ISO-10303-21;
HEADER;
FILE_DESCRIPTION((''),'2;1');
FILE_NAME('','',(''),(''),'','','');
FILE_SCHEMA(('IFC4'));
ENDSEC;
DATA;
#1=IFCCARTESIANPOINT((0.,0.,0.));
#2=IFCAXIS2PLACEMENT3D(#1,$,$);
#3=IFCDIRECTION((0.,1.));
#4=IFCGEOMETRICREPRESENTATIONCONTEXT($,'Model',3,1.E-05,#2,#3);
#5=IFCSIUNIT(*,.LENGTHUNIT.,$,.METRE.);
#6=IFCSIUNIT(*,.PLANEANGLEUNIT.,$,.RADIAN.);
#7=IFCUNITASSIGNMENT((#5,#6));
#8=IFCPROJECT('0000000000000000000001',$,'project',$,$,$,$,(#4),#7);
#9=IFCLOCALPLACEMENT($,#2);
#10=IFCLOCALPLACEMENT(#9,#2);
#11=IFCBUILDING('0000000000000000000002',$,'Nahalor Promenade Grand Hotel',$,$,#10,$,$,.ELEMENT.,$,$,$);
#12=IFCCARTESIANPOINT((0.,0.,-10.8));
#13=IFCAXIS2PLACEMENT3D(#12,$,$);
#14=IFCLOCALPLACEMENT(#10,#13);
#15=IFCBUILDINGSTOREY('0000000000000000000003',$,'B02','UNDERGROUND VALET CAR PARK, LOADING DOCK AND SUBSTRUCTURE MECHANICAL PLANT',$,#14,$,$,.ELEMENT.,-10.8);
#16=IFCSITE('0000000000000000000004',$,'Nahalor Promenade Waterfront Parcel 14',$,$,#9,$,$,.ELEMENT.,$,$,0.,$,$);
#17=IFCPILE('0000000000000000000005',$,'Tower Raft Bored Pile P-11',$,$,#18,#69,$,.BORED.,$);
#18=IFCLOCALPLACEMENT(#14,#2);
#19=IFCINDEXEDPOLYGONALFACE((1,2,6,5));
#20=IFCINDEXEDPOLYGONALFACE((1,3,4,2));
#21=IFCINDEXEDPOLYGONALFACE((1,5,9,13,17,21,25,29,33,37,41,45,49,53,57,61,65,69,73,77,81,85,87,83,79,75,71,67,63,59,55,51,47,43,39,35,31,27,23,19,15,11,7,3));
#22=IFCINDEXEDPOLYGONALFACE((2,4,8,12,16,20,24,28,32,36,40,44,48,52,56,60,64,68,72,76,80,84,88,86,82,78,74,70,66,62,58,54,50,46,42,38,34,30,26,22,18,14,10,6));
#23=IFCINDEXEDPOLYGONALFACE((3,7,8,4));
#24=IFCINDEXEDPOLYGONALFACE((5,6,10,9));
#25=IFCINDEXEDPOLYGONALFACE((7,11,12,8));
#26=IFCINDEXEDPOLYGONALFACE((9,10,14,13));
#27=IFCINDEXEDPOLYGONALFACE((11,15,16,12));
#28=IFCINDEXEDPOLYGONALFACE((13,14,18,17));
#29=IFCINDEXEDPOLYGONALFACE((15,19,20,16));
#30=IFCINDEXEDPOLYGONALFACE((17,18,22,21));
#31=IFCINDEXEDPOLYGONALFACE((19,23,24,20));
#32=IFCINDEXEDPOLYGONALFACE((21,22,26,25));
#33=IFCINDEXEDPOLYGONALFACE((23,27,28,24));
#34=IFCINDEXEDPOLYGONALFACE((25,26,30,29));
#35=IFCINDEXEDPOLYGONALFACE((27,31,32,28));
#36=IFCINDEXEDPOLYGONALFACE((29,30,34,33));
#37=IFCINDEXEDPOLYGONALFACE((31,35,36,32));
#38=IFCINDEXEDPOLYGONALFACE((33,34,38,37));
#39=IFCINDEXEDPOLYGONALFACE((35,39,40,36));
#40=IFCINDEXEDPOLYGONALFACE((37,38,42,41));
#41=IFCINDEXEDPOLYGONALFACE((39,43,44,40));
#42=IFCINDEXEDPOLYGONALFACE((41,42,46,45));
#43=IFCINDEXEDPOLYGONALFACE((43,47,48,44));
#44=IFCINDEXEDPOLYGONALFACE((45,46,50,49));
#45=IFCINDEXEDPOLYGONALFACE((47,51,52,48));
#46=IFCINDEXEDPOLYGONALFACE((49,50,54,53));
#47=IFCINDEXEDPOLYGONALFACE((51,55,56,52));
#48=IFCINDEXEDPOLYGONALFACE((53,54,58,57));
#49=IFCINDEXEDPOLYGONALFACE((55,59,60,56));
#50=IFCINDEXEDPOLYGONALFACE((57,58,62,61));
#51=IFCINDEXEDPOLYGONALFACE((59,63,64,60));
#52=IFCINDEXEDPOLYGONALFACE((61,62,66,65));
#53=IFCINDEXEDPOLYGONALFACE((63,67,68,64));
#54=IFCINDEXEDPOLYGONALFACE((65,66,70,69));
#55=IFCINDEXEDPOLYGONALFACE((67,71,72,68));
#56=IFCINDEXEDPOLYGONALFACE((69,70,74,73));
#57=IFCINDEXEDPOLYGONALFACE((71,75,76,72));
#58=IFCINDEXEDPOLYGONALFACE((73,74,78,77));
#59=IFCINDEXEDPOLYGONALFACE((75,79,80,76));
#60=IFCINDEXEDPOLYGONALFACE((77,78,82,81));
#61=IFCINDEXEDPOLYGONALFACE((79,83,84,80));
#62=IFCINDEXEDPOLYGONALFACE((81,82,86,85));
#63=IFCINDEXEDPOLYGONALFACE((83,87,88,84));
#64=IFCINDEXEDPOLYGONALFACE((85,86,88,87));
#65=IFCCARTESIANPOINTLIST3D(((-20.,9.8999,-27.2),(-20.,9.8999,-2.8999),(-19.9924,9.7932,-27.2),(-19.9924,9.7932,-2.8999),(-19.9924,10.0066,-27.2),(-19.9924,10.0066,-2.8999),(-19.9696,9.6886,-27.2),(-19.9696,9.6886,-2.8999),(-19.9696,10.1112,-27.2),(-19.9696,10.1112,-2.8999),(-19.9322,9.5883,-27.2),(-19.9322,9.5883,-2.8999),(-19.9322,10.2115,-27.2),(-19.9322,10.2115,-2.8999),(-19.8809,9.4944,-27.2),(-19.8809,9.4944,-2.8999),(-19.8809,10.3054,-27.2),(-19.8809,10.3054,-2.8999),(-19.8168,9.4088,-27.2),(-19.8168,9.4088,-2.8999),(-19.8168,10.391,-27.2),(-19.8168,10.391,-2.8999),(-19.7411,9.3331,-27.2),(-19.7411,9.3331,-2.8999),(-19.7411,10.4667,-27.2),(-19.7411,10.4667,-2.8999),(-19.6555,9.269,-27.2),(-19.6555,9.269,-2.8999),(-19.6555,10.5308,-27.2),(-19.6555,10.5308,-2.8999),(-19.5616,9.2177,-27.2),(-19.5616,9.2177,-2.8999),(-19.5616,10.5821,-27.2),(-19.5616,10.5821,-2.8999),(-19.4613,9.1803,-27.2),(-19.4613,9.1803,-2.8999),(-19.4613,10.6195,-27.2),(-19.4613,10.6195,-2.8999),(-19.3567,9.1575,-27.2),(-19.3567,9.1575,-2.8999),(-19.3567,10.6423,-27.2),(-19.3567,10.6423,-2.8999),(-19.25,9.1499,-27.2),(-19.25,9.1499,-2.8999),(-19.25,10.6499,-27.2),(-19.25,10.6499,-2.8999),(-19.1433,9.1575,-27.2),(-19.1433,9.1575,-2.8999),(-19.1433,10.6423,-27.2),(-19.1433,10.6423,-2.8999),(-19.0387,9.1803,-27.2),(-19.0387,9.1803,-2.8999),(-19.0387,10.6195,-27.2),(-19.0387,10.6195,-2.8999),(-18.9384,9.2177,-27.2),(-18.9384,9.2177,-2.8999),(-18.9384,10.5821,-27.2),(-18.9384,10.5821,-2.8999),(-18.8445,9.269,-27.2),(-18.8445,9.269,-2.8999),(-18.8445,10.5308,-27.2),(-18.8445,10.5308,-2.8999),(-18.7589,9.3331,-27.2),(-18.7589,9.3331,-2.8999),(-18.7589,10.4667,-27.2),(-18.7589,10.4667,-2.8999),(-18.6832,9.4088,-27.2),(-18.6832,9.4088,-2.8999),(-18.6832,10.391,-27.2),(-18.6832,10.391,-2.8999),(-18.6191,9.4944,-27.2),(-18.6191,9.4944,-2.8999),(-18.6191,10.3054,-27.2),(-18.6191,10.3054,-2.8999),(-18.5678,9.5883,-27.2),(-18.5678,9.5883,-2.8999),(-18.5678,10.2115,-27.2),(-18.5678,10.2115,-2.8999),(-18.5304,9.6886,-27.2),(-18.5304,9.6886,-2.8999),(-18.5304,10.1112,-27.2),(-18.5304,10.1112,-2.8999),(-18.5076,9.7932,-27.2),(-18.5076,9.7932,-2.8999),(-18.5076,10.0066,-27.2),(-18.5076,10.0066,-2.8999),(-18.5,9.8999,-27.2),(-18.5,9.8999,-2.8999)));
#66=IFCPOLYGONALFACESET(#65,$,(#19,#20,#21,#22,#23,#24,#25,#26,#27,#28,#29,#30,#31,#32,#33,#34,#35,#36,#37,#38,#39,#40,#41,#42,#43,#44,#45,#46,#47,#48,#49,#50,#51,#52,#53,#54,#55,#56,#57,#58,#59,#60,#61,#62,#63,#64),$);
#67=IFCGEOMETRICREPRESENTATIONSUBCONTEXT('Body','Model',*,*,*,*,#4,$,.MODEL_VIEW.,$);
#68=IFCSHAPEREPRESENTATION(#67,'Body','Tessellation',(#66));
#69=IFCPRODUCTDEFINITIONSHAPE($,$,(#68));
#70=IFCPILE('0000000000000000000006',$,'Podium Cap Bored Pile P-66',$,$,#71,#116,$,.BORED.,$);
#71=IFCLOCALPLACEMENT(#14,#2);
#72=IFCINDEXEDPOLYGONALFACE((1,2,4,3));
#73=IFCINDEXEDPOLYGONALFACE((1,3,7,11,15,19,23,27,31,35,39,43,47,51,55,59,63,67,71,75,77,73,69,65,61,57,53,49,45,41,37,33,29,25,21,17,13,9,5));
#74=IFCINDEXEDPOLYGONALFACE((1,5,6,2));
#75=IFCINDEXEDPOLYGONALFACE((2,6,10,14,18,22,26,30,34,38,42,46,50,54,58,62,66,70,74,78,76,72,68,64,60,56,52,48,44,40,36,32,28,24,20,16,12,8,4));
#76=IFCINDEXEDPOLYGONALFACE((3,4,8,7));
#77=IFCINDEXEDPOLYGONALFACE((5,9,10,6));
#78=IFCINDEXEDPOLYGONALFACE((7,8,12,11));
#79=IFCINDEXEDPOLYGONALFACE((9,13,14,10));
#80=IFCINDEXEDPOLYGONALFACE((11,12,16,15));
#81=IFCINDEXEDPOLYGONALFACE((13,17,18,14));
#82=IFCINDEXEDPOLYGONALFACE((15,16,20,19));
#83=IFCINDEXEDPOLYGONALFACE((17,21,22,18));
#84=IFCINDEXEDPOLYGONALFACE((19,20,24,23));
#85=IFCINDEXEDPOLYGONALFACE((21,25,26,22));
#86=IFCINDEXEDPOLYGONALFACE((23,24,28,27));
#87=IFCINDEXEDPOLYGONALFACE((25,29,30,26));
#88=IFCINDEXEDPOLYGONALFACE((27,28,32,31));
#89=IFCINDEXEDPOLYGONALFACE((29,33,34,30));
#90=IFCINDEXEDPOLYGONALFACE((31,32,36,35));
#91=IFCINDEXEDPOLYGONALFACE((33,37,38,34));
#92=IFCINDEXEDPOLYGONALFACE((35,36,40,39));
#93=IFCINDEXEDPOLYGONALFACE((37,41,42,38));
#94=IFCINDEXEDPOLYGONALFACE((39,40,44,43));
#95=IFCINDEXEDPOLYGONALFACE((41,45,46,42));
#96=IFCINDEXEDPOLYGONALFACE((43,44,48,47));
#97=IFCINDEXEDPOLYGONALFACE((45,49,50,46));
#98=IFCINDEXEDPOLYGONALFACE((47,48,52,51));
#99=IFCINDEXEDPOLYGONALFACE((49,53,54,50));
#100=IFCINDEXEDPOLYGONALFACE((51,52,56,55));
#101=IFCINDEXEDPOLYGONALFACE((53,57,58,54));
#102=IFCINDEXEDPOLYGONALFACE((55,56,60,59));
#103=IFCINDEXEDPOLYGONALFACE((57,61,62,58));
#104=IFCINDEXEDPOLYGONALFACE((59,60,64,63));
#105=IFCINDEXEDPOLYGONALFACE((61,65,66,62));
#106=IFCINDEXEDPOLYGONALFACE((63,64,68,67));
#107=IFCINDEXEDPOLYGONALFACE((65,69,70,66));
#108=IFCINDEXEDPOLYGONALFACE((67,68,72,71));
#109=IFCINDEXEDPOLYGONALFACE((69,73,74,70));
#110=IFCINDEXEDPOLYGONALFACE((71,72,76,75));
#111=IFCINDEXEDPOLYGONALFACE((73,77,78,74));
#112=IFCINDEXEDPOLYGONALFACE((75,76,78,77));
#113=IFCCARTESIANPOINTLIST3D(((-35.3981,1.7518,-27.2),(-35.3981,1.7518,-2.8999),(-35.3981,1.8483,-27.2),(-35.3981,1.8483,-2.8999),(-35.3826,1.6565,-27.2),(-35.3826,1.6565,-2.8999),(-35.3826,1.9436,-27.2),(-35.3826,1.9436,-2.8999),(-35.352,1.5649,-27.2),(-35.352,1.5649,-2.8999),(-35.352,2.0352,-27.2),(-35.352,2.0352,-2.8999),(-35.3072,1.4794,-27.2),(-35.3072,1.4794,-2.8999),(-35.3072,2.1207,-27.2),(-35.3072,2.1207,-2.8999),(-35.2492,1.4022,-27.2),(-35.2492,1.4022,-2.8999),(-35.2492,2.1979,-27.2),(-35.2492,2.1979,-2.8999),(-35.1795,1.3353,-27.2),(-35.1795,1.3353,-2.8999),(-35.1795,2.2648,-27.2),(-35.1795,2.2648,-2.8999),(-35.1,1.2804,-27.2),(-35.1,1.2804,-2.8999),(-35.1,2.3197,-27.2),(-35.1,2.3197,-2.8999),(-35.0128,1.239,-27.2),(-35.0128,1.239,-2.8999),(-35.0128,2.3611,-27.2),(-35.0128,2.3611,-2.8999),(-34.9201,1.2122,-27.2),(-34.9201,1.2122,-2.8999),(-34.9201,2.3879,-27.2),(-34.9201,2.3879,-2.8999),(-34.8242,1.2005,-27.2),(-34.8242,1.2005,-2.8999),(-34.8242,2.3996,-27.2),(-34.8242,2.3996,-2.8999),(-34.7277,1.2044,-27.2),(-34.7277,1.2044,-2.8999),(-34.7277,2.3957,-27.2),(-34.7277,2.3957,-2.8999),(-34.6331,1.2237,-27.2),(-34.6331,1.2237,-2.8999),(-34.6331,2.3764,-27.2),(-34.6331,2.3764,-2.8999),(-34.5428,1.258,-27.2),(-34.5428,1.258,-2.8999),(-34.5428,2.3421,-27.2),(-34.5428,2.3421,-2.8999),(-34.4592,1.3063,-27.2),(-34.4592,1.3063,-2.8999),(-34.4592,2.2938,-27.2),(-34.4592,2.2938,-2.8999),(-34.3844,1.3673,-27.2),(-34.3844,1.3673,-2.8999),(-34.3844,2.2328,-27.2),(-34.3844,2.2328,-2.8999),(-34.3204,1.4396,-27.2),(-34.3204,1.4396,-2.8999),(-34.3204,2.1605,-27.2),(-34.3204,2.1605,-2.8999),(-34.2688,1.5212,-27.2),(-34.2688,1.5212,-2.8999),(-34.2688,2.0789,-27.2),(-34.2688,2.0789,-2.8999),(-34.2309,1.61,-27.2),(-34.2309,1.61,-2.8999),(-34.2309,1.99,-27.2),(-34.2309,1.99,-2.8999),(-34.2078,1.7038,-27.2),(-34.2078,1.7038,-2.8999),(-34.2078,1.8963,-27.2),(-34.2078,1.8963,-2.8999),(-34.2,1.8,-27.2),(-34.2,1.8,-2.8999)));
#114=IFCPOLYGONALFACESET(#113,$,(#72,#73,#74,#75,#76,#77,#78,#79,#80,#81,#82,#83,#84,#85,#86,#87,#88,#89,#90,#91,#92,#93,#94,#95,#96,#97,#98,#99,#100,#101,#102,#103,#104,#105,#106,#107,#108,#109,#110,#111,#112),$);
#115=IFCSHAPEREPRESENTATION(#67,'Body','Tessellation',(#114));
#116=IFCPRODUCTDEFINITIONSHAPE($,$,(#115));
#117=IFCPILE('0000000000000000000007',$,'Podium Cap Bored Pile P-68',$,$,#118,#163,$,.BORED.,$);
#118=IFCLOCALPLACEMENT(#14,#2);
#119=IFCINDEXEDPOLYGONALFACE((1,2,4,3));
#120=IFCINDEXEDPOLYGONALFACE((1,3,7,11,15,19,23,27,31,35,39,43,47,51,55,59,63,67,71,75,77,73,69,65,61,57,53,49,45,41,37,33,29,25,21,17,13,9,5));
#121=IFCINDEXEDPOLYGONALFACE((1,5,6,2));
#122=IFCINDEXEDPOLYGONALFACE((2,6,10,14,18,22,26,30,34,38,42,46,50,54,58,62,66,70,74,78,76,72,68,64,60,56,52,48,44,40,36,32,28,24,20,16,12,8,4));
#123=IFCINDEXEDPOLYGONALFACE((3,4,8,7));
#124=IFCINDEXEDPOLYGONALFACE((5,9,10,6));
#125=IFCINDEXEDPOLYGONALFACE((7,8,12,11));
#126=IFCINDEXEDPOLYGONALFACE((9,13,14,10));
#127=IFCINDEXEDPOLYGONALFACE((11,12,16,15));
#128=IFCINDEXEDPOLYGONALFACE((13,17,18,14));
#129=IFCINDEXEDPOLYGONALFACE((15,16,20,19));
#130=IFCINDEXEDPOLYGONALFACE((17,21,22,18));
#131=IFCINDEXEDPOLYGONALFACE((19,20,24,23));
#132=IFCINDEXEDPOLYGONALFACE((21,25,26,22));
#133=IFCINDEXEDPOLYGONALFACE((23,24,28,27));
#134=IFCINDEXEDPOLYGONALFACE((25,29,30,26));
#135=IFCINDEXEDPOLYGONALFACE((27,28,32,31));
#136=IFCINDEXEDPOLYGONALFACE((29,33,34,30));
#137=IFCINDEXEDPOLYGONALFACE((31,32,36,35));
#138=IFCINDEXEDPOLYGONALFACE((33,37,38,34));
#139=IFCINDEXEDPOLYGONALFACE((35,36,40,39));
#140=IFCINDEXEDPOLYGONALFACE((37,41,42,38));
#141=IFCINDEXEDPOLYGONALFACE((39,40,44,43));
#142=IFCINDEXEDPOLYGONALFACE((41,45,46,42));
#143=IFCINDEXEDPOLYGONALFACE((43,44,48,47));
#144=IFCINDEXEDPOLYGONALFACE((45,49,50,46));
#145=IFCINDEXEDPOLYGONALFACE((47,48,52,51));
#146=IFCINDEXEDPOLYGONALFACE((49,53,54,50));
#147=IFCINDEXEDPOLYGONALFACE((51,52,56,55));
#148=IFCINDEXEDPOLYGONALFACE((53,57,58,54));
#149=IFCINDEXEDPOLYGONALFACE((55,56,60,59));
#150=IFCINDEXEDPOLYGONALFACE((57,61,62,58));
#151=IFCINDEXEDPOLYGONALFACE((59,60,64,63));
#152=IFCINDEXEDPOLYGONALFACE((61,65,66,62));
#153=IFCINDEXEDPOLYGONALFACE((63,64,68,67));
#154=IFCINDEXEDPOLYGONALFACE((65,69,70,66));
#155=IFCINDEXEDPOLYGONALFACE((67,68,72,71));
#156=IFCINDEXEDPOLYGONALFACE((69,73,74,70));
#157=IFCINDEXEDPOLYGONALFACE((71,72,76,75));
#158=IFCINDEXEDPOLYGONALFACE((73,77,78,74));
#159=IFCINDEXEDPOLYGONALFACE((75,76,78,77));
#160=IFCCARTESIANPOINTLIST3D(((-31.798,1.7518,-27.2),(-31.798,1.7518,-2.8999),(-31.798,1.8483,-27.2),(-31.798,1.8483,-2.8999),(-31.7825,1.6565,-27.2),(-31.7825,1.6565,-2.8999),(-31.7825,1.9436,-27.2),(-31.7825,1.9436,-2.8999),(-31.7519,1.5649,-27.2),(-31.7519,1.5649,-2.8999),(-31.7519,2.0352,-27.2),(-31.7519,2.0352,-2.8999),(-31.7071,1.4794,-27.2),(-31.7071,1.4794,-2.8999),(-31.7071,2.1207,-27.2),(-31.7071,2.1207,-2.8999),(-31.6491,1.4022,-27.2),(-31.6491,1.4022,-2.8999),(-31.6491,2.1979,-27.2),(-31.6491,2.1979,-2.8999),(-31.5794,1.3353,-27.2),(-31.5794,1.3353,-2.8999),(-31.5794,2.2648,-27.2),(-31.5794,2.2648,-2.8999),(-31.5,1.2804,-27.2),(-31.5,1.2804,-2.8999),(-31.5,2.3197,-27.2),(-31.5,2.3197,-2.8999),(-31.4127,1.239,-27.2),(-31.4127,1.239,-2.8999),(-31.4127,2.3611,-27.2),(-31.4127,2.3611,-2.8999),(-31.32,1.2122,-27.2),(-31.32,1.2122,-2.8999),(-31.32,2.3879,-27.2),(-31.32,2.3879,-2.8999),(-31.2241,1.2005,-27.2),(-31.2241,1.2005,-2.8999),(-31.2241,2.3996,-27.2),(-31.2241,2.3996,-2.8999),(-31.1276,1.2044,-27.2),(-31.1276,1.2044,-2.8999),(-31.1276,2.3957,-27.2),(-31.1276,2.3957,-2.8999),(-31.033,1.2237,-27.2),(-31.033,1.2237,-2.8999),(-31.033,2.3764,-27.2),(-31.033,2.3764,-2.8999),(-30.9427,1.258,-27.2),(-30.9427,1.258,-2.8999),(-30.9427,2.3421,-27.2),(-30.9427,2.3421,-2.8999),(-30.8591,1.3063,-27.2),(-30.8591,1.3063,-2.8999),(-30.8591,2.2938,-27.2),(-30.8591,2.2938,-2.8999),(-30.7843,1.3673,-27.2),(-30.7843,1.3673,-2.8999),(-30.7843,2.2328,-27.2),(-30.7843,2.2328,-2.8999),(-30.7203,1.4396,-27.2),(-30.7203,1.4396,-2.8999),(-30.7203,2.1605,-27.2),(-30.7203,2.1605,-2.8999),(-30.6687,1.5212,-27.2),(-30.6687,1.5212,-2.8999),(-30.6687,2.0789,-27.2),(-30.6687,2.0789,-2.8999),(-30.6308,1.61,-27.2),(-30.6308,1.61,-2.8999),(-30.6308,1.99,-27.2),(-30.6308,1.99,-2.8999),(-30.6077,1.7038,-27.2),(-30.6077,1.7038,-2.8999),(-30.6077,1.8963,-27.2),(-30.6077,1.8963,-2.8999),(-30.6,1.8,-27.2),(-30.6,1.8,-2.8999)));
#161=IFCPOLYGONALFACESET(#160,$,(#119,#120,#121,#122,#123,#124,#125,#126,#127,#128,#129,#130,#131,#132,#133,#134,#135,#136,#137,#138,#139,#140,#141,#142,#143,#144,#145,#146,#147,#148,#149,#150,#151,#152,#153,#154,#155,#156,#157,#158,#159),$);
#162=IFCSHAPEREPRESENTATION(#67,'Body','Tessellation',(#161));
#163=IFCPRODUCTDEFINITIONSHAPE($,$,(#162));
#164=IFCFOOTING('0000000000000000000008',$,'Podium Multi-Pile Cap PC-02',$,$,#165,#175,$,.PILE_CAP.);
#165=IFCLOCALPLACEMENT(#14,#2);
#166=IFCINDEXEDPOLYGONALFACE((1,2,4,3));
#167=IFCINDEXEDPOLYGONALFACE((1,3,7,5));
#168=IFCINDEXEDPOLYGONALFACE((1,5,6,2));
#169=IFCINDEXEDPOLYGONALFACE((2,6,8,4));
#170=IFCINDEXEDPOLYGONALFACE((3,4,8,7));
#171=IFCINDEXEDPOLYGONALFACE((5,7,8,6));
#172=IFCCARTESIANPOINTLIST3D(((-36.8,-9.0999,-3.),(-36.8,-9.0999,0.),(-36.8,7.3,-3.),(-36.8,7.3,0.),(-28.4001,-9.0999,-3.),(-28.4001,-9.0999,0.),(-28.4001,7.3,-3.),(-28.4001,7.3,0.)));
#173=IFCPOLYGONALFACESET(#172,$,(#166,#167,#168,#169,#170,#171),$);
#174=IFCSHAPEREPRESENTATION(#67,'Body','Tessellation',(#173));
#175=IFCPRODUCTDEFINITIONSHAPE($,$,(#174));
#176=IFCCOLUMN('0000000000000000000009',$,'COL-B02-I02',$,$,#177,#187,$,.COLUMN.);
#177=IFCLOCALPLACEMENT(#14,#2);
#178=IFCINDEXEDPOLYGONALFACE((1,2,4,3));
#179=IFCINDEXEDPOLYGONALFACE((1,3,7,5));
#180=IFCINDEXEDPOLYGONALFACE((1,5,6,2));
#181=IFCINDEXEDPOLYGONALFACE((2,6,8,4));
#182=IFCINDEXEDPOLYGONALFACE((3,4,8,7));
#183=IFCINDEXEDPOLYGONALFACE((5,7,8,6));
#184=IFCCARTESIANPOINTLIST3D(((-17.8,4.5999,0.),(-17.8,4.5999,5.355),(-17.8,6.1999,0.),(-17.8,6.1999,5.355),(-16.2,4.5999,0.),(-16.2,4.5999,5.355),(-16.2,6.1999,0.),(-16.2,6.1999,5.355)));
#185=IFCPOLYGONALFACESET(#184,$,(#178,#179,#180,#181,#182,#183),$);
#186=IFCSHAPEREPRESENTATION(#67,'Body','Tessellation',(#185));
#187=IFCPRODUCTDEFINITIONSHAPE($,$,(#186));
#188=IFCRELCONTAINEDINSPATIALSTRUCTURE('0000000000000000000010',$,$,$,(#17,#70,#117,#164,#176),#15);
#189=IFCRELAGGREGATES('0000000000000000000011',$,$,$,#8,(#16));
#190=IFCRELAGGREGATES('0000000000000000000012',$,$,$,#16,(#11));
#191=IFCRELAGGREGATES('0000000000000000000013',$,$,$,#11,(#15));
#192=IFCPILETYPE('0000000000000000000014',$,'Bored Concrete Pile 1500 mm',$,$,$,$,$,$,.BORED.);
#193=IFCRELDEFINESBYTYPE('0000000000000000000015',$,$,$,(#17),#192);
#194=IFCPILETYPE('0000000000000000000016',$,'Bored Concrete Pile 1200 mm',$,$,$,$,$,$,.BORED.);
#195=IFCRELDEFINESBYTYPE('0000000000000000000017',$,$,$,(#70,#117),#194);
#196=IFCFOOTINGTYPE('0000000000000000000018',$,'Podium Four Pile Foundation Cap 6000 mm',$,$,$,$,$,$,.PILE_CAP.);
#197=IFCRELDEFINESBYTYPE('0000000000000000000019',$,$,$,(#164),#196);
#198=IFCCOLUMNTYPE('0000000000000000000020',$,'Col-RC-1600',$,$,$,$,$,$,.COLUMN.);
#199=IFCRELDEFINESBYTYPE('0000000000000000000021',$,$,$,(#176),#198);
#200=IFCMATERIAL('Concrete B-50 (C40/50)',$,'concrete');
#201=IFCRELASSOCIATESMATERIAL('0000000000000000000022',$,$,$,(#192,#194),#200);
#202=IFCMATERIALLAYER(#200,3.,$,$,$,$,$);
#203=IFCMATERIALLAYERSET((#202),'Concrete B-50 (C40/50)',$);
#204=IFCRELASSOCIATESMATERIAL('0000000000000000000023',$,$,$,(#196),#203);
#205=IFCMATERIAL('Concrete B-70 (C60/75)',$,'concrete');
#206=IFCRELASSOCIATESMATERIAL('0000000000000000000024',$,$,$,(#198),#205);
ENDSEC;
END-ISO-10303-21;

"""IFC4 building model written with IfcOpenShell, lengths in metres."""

from ifc_helpers import new_model, si_unit, direction, frame, origin, origin_2d, place, context, subcontext, project, spatial, rectangle, circle, extrude, source, transform, mapped, material, layer, layer_set, material_profile, profile_set, type_object, element, save


model = new_model("IFC4")

# Units and contexts
model_context = context("Model", 3, precision=1e-05, world=origin(), true_north=direction((0.0, 1.0)))
body_context = subcontext(model_context, "Body", "Model", "MODEL_VIEW")
ifc_project = project(units=[si_unit("LENGTHUNIT", "METRE"), si_unit("PLANEANGLEUNIT", "RADIAN")], contexts=[model_context])

# Site, building, storey
site_placement = place(None, origin())
site = spatial("IfcSite", under=ifc_project, at=site_placement, Name="Nahalor Promenade Waterfront Parcel 14", CompositionType="ELEMENT", RefElevation=0.0)
building_placement = place(site_placement, origin())
building = spatial("IfcBuilding", under=site, at=building_placement, Name="Nahalor Promenade Grand Hotel", CompositionType="ELEMENT")
storey_placement = place(building_placement, frame((0.0, 0.0, -10.8)))
storey = spatial("IfcBuildingStorey", under=building, at=storey_placement, Name="B02", Description="UNDERGROUND VALET CAR PARK, LOADING DOCK AND SUBSTRUCTURE MECHANICAL PLANT", CompositionType="ELEMENT", Elevation=-10.8)

# Piles
ifc_material_1 = material(Name="Concrete B-50 (C40/50)", Category="concrete")
ifc_material_profile_1 = material_profile(ifc_material_1, circle(Radius=0.75, at=origin_2d()), Name="PILE D1500")
ifc_profile_set_1 = profile_set([ifc_material_profile_1], Name="Concrete B-50 (C40/50)")
pile_type_1 = type_object("IfcPileType", Name="Bored Concrete Pile 1500 mm", PredefinedType="BORED", material=ifc_profile_set_1)
shared_shape_1 = source(origin(), body_context, "Body", "SweptSolid", [
    extrude(circle(Radius=0.75, at=origin_2d()), origin(), (0.0, 0.0, 1.0), 24.3),
])
for number, where, z_axis, x_axis, name in (
    (1, (-19.25, 9.8999, -2.8999), (0.0, 0.0, -1.0), (1.0, 0.0, 0.0), "Tower Raft Bored Pile P-11"),
):
    element("IfcPile", number, at=place(storey_placement, frame(where, z_axis=z_axis, x_axis=x_axis)), inside=storey, type_object=pile_type_1, Name=name, PredefinedType="BORED", context=body_context, shape_type="MappedRepresentation", body=[
        mapped(shared_shape_1, transform((0.0, 0.0, 0.0), scale=1.0)),
    ])
ifc_material_profile_2 = material_profile(ifc_material_1, circle(Radius=0.6, at=origin_2d()), Name="PILE D1200")
ifc_profile_set_2 = profile_set([ifc_material_profile_2], Name="Concrete B-50 (C40/50)")
pile_type_2 = type_object("IfcPileType", Name="Bored Concrete Pile 1200 mm", PredefinedType="BORED", material=ifc_profile_set_2)
shared_shape_2 = source(origin(), body_context, "Body", "SweptSolid", [
    extrude(circle(Radius=0.6, at=origin_2d()), origin(), (0.0, 0.0, 1.0), 24.3),
])
for number, where, z_axis, x_axis, name in (
    (2, (-34.8, 1.8, -2.8999), (0.0, 0.0, -1.0), (1.0, 0.0, 0.0), "Podium Cap Bored Pile P-66"),
    (3, (-31.2, 1.8, -2.8999), (0.0, 0.0, -1.0), (1.0, 0.0, 0.0), "Podium Cap Bored Pile P-68"),
):
    element("IfcPile", number, at=place(storey_placement, frame(where, z_axis=z_axis, x_axis=x_axis)), inside=storey, type_object=pile_type_2, Name=name, PredefinedType="BORED", context=body_context, shape_type="MappedRepresentation", body=[
        mapped(shared_shape_2, transform((0.0, 0.0, 0.0), scale=1.0)),
    ])

# Footing
ifc_layer_1 = layer(ifc_material_1, 3.0)
ifc_layer_set_1 = layer_set([ifc_layer_1], Name="Concrete B-50 (C40/50)")
footing_type = type_object("IfcFootingType", Name="Podium Four Pile Foundation Cap 6000 mm", PredefinedType="PILE_CAP", material=ifc_layer_set_1)
shared_shape_3 = source(origin(), body_context, "Body", "SweptSolid", [
    extrude(rectangle(XDim=8.3999, YDim=16.3999, at=origin_2d()), origin(), (0.0, 0.0, 1.0), 3.0),
])
footing_placement = place(storey_placement, frame((-32.6001, -0.8999, -3.0), z_axis=(0.0, 0.0, 1.0), x_axis=(1.0, 0.0, 0.0)))
element("IfcFooting", 4, at=footing_placement, inside=storey, type_object=footing_type, Name="Podium Multi-Pile Cap PC-02", PredefinedType="PILE_CAP", context=body_context, shape_type="MappedRepresentation", body=[
    mapped(shared_shape_3, transform((0.0, 0.0, 0.0), scale=1.0)),
])

# Column
ifc_material_2 = material(Name="Concrete B-70 (C60/75)", Category="concrete")
ifc_material_profile_3 = material_profile(ifc_material_2, rectangle(XDim=1.6, YDim=1.6, at=origin_2d()), Name="RC 1600x1600")
ifc_profile_set_3 = profile_set([ifc_material_profile_3], Name="Concrete B-70 (C60/75)")
column_type_1 = type_object("IfcColumnType", Name="Col-RC-1600", PredefinedType="COLUMN", material=ifc_profile_set_3)
shared_shape_4 = source(origin(), body_context, "Body", "SweptSolid", [
    extrude(rectangle(XDim=1.6, YDim=1.6, at=origin_2d()), origin(), (0.0, 0.0, 1.0), 5.355),
])
column_1_placement = place(storey_placement, frame((-17.0, 5.3999, 0.0), z_axis=(0.0, 0.0, 1.0), x_axis=(1.0, 0.0, 0.0)))
element("IfcColumn", 5, at=column_1_placement, inside=storey, type_object=column_type_1, Name="COL-B02-I02", PredefinedType="COLUMN", context=body_context, shape_type="MappedRepresentation", body=[
    mapped(shared_shape_4, transform((0.0, 0.0, 0.0), scale=1.0)),
])

save(model, "model.ifc")
